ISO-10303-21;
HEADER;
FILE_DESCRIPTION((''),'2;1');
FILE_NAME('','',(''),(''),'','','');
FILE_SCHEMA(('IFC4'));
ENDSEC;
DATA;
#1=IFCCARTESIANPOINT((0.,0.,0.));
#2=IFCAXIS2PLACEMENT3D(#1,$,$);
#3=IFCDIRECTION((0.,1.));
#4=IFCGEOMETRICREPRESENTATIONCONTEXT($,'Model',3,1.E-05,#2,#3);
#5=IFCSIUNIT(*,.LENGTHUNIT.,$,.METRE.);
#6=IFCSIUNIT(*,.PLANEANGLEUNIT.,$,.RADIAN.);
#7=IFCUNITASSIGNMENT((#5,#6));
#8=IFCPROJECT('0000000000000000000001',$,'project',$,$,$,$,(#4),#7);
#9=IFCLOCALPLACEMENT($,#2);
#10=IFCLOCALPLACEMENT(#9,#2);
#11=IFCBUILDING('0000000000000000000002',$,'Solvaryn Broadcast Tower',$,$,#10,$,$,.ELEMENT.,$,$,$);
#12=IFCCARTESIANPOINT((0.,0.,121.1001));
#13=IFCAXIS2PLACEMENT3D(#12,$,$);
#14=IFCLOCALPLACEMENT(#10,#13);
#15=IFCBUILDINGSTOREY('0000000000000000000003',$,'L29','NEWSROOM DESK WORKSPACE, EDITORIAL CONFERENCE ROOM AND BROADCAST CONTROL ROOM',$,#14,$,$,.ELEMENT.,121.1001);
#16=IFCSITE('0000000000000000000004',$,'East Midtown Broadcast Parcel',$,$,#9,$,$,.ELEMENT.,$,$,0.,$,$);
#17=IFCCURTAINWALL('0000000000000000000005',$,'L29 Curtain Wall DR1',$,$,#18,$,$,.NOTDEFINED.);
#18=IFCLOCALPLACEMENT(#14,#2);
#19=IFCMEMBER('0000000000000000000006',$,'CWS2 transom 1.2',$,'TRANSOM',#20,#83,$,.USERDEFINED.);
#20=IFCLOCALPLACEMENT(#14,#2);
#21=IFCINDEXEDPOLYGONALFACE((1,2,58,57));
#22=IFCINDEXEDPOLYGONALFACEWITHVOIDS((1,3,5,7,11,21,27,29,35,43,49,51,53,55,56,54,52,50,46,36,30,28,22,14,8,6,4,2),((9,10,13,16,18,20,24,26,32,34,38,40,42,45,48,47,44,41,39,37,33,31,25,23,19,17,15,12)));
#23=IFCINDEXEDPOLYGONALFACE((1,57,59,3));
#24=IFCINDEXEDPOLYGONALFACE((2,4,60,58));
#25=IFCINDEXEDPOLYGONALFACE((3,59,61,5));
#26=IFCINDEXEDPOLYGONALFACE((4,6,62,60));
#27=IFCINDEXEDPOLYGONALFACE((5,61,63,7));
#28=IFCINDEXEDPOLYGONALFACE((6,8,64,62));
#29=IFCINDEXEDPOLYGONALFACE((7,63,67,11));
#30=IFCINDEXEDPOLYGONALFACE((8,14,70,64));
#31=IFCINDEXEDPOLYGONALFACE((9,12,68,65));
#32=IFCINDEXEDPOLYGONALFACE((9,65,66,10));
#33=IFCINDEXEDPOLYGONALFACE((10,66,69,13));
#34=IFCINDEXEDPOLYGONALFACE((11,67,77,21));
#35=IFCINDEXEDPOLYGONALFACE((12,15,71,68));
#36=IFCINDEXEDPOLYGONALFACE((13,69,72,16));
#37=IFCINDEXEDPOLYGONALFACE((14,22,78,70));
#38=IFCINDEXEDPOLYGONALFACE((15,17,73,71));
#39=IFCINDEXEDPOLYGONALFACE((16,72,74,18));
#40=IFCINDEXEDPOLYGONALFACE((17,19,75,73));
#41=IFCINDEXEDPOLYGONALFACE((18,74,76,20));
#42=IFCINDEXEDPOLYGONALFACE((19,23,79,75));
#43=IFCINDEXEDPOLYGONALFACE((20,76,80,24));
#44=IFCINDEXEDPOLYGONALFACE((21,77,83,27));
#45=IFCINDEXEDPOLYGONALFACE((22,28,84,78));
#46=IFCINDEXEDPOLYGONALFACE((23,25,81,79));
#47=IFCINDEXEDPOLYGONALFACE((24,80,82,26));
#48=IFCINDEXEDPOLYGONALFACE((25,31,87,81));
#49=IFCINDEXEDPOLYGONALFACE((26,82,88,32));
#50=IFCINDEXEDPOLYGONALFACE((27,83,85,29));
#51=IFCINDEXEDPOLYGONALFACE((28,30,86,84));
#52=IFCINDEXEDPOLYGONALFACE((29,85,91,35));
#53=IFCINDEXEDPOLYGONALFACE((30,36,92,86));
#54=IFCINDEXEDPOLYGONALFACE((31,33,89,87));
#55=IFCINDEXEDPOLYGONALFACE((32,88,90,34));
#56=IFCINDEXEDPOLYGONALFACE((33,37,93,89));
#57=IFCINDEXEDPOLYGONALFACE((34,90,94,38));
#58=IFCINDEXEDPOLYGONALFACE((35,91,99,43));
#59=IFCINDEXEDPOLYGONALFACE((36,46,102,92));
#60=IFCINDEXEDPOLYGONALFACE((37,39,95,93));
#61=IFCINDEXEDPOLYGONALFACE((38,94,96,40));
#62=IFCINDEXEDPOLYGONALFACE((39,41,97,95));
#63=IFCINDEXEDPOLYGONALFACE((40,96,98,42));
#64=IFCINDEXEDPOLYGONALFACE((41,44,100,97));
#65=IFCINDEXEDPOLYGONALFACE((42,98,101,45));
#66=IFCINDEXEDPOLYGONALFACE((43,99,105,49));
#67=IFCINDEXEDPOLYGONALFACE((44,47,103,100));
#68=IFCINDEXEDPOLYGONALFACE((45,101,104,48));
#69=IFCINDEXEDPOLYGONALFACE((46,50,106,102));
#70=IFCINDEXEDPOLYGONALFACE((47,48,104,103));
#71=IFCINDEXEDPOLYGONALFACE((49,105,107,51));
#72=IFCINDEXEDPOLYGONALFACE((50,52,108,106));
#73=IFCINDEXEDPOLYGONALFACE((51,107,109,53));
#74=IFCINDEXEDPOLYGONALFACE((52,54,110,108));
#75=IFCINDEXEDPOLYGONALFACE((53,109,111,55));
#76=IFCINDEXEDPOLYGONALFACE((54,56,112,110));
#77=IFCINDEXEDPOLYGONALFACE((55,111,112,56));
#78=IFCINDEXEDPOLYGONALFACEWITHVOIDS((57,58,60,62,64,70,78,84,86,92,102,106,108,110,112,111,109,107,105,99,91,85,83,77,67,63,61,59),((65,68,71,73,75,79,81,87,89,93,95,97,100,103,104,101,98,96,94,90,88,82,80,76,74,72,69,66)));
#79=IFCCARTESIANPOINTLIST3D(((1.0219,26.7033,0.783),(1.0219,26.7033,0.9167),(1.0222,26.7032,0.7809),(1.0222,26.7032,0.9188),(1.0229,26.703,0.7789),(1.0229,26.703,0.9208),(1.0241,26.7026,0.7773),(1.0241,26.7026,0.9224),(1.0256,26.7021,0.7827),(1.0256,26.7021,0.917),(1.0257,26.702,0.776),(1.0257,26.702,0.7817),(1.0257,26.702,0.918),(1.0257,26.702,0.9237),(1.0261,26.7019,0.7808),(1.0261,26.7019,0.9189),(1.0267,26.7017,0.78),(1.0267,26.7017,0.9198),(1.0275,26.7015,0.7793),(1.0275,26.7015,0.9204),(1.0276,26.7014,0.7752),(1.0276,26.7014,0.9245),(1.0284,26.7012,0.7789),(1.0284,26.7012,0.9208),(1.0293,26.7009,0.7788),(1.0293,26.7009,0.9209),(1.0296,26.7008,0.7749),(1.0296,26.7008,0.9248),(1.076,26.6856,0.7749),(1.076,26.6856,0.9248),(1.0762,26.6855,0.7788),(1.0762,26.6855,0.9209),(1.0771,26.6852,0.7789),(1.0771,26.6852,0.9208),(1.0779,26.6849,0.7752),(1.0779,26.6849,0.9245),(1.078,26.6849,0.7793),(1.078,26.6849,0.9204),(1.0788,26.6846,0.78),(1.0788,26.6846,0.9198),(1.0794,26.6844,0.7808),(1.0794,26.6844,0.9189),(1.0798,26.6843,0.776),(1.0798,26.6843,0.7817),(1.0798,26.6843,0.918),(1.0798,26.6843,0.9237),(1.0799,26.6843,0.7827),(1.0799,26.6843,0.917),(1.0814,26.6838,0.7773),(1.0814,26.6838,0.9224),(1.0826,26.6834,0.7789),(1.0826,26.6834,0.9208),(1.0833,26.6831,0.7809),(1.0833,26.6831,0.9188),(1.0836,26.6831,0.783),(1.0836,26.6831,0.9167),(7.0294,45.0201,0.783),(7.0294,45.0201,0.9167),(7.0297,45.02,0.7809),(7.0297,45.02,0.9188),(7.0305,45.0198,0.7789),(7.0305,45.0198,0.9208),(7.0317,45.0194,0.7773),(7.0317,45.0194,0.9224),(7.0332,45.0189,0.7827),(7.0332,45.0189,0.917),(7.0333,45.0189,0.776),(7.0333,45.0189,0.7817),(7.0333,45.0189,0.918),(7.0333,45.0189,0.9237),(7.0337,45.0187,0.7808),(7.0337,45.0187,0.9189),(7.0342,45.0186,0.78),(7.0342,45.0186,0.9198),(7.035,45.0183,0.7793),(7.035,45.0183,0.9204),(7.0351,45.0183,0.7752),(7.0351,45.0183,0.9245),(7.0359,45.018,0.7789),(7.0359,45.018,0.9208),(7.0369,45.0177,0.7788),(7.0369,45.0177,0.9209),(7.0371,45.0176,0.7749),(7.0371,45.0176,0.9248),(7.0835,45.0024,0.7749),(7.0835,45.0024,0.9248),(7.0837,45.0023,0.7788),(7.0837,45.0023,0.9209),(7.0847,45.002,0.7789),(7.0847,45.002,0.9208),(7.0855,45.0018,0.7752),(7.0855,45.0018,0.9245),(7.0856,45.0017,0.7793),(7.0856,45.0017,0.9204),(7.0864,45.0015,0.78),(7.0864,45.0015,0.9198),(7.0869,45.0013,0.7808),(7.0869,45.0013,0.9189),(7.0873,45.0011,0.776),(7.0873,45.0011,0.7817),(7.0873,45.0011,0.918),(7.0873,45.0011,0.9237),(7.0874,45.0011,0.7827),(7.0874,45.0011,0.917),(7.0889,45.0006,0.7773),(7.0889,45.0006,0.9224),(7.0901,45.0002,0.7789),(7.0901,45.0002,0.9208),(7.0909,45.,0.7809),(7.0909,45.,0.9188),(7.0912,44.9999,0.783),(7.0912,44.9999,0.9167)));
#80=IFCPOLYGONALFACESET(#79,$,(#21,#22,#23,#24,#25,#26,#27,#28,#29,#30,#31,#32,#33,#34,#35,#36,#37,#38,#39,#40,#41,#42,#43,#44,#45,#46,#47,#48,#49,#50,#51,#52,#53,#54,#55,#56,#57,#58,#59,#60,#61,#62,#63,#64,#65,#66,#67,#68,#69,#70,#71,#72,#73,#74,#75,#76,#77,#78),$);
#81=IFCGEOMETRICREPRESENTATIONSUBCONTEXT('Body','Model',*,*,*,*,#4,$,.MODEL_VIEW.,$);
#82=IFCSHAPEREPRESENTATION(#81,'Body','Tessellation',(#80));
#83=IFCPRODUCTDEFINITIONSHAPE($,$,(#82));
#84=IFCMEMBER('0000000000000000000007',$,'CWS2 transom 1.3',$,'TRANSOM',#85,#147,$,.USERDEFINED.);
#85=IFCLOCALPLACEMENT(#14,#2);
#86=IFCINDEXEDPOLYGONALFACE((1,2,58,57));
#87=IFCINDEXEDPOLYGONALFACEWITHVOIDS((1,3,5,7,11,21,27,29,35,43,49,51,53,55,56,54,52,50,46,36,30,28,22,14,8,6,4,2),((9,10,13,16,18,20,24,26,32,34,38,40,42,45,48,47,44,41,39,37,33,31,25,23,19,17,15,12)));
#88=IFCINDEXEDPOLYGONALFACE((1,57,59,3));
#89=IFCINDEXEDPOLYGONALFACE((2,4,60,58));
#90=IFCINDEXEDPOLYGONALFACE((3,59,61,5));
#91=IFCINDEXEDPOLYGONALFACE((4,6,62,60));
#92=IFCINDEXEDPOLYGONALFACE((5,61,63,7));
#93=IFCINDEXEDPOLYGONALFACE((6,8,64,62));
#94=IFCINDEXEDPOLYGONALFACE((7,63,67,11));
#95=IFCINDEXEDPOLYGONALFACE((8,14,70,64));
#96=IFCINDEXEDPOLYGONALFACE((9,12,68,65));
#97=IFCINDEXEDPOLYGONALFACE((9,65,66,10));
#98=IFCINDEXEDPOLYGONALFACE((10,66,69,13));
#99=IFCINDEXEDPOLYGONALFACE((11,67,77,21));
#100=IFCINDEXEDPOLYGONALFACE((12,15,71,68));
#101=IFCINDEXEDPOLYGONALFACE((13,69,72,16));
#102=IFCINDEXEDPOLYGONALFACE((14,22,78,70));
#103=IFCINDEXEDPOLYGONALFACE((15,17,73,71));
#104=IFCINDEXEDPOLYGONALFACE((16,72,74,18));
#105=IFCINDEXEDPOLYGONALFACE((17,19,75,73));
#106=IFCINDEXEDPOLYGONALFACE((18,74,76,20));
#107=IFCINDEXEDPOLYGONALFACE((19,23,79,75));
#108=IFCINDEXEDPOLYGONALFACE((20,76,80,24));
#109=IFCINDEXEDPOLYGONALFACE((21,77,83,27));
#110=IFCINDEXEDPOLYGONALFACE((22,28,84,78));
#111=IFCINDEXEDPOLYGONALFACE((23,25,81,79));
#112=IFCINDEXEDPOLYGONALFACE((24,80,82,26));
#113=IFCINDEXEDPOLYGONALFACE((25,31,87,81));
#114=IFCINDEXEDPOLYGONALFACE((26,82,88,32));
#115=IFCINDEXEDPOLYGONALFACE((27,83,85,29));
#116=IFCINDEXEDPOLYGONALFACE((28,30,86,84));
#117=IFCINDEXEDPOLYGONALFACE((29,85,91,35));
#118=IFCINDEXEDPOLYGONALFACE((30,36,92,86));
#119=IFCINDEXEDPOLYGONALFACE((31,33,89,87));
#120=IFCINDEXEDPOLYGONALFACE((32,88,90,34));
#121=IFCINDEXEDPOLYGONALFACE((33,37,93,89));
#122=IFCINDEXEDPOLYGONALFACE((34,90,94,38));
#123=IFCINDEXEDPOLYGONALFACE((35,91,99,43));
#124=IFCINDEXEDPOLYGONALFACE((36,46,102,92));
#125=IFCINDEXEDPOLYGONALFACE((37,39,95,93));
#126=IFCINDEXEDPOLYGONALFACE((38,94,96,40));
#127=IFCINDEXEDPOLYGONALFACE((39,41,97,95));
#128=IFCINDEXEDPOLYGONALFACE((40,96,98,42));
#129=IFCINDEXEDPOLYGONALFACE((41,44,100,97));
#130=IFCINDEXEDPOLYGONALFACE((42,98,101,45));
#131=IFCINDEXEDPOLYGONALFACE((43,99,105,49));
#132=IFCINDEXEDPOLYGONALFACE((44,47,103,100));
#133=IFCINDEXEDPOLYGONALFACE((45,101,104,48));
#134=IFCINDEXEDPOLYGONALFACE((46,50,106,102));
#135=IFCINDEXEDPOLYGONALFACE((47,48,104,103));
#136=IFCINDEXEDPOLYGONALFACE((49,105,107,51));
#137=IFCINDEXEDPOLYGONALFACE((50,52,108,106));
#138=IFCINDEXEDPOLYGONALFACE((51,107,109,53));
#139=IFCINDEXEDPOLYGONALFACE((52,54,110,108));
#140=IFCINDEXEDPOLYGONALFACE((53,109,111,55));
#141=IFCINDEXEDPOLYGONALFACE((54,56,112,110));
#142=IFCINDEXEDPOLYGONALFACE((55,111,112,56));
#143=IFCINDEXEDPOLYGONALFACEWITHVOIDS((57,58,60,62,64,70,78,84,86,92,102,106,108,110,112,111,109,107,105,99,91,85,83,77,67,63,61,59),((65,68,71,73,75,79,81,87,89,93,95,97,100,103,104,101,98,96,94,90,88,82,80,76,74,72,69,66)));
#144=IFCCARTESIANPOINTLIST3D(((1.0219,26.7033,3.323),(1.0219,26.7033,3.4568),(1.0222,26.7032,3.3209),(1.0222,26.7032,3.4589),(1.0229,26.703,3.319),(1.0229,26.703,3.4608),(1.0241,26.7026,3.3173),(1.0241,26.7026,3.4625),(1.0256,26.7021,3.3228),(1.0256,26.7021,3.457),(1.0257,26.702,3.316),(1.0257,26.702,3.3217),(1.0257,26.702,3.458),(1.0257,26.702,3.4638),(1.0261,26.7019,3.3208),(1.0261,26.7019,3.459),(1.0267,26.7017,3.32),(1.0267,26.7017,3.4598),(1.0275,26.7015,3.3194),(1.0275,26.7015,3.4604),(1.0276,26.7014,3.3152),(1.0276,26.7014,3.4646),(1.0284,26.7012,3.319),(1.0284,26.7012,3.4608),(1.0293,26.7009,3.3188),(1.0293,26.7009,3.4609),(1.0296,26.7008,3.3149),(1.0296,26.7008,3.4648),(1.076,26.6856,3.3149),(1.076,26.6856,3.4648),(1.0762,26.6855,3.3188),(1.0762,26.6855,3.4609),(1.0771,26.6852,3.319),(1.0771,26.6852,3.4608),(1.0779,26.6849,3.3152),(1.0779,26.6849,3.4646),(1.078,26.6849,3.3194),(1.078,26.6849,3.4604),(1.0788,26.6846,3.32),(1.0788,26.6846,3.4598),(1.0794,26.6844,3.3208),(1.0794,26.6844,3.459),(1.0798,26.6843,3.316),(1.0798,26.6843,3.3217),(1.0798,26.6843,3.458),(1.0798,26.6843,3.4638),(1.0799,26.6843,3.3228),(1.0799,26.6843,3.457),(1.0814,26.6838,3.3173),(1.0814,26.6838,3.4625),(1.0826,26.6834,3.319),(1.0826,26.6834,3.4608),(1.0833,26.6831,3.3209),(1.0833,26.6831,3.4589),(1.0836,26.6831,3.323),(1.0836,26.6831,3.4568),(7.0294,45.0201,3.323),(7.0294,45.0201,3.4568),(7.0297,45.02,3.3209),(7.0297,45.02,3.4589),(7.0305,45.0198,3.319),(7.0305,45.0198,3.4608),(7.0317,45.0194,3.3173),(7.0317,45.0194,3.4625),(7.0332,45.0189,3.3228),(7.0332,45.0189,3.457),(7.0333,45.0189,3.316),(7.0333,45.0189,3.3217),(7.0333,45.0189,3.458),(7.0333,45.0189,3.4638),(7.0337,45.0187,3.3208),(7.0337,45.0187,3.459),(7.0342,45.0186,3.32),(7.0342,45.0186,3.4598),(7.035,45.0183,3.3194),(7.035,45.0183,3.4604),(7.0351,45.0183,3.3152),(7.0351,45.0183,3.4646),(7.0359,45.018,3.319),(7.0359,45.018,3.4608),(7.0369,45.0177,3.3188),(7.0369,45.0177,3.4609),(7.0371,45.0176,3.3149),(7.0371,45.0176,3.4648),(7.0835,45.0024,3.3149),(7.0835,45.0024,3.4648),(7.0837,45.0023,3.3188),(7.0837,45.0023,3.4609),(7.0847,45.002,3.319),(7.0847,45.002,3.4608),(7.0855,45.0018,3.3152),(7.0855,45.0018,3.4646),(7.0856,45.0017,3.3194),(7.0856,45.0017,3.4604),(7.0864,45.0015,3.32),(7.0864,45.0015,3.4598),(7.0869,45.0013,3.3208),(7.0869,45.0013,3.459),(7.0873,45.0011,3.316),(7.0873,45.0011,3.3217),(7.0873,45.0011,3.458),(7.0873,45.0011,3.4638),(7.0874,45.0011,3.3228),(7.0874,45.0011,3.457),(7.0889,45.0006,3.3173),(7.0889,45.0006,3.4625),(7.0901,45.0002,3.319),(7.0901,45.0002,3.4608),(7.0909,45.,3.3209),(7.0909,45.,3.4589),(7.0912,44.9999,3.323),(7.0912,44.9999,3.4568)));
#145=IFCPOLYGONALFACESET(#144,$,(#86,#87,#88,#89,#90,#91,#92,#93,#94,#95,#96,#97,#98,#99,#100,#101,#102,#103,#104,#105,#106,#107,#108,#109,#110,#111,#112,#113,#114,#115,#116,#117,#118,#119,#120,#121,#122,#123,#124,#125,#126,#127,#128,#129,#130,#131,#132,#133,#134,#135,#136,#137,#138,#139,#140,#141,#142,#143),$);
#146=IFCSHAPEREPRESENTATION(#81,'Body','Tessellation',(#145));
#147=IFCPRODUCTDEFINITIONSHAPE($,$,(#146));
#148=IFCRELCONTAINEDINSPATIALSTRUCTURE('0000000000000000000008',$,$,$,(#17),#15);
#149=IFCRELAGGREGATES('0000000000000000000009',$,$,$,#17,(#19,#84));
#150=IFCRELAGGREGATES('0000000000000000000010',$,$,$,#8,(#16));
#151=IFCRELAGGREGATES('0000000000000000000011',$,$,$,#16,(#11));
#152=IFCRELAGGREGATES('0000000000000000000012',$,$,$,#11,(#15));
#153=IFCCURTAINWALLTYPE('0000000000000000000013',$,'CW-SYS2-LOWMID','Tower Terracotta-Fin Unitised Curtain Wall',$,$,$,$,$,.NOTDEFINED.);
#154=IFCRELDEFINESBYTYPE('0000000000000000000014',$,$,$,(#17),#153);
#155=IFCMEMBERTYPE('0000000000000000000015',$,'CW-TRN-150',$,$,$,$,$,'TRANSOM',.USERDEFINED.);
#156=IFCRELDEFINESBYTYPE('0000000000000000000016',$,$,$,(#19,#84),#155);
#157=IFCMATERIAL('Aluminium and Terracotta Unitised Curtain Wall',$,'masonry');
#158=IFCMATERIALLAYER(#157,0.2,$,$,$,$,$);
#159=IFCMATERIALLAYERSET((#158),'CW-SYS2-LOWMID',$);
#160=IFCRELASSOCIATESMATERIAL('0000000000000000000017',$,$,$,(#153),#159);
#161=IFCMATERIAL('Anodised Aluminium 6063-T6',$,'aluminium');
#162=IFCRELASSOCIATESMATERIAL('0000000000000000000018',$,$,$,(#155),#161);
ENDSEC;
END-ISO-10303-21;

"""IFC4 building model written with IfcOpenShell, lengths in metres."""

from ifc_helpers import new_model, si_unit, direction, frame, origin, origin_2d, place, context, subcontext, project, spatial, hollow_rectangle, extrude, material, layer, layer_set, material_profile, profile_set, type_object, element, aggregate, save


model = new_model("IFC4")

# Units and contexts
model_context = context("Model", 3, precision=1e-05, world=origin(), true_north=direction((0.0, 1.0)))
body_context = subcontext(model_context, "Body", "Model", "MODEL_VIEW")
ifc_project = project(units=[si_unit("LENGTHUNIT", "METRE"), si_unit("PLANEANGLEUNIT", "RADIAN")], contexts=[model_context])

# Site, building, storey
site_placement = place(None, origin())
site = spatial("IfcSite", under=ifc_project, at=site_placement, Name="East Midtown Broadcast Parcel", CompositionType="ELEMENT", RefElevation=0.0)
building_placement = place(site_placement, origin())
building = spatial("IfcBuilding", under=site, at=building_placement, Name="Solvaryn Broadcast Tower", CompositionType="ELEMENT")
storey_placement = place(building_placement, frame((0.0, 0.0, 121.1001)))
storey = spatial("IfcBuildingStorey", under=building, at=storey_placement, Name="L29", Description="NEWSROOM DESK WORKSPACE, EDITORIAL CONFERENCE ROOM AND BROADCAST CONTROL ROOM", CompositionType="ELEMENT", Elevation=121.1001)

# Curtain wall
ifc_material_1 = material(Name="Aluminium and Terracotta Unitised Curtain Wall", Category="masonry")
ifc_layer_1 = layer(ifc_material_1, 0.2)
ifc_layer_set_1 = layer_set([ifc_layer_1], Name="CW-SYS2-LOWMID")
curtain_wall_type = type_object("IfcCurtainWallType", Name="CW-SYS2-LOWMID", Description="Tower Terracotta-Fin Unitised Curtain Wall", PredefinedType="NOTDEFINED", material=ifc_layer_set_1)
curtain_wall_1_placement = place(storey_placement, origin())
curtain_wall_1 = element("IfcCurtainWall", 1, at=curtain_wall_1_placement, inside=storey, type_object=curtain_wall_type, Name="L29 Curtain Wall DR1", PredefinedType="NOTDEFINED")

# Members
ifc_material_2 = material(Name="Anodised Aluminium 6063-T6", Category="aluminium")
ifc_material_profile_1 = material_profile(ifc_material_2, hollow_rectangle(XDim=0.0649, YDim=0.1499, WallThickness=0.0039, InnerFilletRadius=0.0039, OuterFilletRadius=0.0081, at=origin_2d()))
ifc_profile_set_1 = profile_set([ifc_material_profile_1], Name="Anodised Aluminium 6063-T6")
member_type_1 = type_object("IfcMemberType", Name="CW-TRN-150", ElementType="TRANSOM", PredefinedType="USERDEFINED", material=ifc_profile_set_1)
member_1_placement = place(storey_placement, frame((7.0603, 45.01, 0.8499), z_axis=(-0.311646, -0.950198, 0.0), x_axis=(0.950198, -0.311646, 0.0)))
member_1 = element("IfcMember", 2, at=member_1_placement, type_object=member_type_1, Name="CWS2 transom 1.2", ObjectType="TRANSOM", PredefinedType="USERDEFINED", context=body_context, shape_type="SweptSolid", body=[
    extrude(hollow_rectangle(XDim=0.0649, YDim=0.1499, WallThickness=0.0039, InnerFilletRadius=0.0039, OuterFilletRadius=0.0081, at=origin_2d()), origin(), (0.0, 0.0, 1.0), 19.2769),
])
member_2_placement = place(storey_placement, frame((7.0603, 45.01, 3.3899), z_axis=(-0.311646, -0.950198, 0.0), x_axis=(0.950198, -0.311646, 0.0)))
member_2 = element("IfcMember", 3, at=member_2_placement, type_object=member_type_1, Name="CWS2 transom 1.3", ObjectType="TRANSOM", PredefinedType="USERDEFINED", context=body_context, shape_type="SweptSolid", body=[
    extrude(hollow_rectangle(XDim=0.0649, YDim=0.1499, WallThickness=0.0039, InnerFilletRadius=0.0039, OuterFilletRadius=0.0081, at=origin_2d()), origin(), (0.0, 0.0, 1.0), 19.2769),
])
aggregate(curtain_wall_1, [member_1, member_2])

save(model, "model.ifc")
